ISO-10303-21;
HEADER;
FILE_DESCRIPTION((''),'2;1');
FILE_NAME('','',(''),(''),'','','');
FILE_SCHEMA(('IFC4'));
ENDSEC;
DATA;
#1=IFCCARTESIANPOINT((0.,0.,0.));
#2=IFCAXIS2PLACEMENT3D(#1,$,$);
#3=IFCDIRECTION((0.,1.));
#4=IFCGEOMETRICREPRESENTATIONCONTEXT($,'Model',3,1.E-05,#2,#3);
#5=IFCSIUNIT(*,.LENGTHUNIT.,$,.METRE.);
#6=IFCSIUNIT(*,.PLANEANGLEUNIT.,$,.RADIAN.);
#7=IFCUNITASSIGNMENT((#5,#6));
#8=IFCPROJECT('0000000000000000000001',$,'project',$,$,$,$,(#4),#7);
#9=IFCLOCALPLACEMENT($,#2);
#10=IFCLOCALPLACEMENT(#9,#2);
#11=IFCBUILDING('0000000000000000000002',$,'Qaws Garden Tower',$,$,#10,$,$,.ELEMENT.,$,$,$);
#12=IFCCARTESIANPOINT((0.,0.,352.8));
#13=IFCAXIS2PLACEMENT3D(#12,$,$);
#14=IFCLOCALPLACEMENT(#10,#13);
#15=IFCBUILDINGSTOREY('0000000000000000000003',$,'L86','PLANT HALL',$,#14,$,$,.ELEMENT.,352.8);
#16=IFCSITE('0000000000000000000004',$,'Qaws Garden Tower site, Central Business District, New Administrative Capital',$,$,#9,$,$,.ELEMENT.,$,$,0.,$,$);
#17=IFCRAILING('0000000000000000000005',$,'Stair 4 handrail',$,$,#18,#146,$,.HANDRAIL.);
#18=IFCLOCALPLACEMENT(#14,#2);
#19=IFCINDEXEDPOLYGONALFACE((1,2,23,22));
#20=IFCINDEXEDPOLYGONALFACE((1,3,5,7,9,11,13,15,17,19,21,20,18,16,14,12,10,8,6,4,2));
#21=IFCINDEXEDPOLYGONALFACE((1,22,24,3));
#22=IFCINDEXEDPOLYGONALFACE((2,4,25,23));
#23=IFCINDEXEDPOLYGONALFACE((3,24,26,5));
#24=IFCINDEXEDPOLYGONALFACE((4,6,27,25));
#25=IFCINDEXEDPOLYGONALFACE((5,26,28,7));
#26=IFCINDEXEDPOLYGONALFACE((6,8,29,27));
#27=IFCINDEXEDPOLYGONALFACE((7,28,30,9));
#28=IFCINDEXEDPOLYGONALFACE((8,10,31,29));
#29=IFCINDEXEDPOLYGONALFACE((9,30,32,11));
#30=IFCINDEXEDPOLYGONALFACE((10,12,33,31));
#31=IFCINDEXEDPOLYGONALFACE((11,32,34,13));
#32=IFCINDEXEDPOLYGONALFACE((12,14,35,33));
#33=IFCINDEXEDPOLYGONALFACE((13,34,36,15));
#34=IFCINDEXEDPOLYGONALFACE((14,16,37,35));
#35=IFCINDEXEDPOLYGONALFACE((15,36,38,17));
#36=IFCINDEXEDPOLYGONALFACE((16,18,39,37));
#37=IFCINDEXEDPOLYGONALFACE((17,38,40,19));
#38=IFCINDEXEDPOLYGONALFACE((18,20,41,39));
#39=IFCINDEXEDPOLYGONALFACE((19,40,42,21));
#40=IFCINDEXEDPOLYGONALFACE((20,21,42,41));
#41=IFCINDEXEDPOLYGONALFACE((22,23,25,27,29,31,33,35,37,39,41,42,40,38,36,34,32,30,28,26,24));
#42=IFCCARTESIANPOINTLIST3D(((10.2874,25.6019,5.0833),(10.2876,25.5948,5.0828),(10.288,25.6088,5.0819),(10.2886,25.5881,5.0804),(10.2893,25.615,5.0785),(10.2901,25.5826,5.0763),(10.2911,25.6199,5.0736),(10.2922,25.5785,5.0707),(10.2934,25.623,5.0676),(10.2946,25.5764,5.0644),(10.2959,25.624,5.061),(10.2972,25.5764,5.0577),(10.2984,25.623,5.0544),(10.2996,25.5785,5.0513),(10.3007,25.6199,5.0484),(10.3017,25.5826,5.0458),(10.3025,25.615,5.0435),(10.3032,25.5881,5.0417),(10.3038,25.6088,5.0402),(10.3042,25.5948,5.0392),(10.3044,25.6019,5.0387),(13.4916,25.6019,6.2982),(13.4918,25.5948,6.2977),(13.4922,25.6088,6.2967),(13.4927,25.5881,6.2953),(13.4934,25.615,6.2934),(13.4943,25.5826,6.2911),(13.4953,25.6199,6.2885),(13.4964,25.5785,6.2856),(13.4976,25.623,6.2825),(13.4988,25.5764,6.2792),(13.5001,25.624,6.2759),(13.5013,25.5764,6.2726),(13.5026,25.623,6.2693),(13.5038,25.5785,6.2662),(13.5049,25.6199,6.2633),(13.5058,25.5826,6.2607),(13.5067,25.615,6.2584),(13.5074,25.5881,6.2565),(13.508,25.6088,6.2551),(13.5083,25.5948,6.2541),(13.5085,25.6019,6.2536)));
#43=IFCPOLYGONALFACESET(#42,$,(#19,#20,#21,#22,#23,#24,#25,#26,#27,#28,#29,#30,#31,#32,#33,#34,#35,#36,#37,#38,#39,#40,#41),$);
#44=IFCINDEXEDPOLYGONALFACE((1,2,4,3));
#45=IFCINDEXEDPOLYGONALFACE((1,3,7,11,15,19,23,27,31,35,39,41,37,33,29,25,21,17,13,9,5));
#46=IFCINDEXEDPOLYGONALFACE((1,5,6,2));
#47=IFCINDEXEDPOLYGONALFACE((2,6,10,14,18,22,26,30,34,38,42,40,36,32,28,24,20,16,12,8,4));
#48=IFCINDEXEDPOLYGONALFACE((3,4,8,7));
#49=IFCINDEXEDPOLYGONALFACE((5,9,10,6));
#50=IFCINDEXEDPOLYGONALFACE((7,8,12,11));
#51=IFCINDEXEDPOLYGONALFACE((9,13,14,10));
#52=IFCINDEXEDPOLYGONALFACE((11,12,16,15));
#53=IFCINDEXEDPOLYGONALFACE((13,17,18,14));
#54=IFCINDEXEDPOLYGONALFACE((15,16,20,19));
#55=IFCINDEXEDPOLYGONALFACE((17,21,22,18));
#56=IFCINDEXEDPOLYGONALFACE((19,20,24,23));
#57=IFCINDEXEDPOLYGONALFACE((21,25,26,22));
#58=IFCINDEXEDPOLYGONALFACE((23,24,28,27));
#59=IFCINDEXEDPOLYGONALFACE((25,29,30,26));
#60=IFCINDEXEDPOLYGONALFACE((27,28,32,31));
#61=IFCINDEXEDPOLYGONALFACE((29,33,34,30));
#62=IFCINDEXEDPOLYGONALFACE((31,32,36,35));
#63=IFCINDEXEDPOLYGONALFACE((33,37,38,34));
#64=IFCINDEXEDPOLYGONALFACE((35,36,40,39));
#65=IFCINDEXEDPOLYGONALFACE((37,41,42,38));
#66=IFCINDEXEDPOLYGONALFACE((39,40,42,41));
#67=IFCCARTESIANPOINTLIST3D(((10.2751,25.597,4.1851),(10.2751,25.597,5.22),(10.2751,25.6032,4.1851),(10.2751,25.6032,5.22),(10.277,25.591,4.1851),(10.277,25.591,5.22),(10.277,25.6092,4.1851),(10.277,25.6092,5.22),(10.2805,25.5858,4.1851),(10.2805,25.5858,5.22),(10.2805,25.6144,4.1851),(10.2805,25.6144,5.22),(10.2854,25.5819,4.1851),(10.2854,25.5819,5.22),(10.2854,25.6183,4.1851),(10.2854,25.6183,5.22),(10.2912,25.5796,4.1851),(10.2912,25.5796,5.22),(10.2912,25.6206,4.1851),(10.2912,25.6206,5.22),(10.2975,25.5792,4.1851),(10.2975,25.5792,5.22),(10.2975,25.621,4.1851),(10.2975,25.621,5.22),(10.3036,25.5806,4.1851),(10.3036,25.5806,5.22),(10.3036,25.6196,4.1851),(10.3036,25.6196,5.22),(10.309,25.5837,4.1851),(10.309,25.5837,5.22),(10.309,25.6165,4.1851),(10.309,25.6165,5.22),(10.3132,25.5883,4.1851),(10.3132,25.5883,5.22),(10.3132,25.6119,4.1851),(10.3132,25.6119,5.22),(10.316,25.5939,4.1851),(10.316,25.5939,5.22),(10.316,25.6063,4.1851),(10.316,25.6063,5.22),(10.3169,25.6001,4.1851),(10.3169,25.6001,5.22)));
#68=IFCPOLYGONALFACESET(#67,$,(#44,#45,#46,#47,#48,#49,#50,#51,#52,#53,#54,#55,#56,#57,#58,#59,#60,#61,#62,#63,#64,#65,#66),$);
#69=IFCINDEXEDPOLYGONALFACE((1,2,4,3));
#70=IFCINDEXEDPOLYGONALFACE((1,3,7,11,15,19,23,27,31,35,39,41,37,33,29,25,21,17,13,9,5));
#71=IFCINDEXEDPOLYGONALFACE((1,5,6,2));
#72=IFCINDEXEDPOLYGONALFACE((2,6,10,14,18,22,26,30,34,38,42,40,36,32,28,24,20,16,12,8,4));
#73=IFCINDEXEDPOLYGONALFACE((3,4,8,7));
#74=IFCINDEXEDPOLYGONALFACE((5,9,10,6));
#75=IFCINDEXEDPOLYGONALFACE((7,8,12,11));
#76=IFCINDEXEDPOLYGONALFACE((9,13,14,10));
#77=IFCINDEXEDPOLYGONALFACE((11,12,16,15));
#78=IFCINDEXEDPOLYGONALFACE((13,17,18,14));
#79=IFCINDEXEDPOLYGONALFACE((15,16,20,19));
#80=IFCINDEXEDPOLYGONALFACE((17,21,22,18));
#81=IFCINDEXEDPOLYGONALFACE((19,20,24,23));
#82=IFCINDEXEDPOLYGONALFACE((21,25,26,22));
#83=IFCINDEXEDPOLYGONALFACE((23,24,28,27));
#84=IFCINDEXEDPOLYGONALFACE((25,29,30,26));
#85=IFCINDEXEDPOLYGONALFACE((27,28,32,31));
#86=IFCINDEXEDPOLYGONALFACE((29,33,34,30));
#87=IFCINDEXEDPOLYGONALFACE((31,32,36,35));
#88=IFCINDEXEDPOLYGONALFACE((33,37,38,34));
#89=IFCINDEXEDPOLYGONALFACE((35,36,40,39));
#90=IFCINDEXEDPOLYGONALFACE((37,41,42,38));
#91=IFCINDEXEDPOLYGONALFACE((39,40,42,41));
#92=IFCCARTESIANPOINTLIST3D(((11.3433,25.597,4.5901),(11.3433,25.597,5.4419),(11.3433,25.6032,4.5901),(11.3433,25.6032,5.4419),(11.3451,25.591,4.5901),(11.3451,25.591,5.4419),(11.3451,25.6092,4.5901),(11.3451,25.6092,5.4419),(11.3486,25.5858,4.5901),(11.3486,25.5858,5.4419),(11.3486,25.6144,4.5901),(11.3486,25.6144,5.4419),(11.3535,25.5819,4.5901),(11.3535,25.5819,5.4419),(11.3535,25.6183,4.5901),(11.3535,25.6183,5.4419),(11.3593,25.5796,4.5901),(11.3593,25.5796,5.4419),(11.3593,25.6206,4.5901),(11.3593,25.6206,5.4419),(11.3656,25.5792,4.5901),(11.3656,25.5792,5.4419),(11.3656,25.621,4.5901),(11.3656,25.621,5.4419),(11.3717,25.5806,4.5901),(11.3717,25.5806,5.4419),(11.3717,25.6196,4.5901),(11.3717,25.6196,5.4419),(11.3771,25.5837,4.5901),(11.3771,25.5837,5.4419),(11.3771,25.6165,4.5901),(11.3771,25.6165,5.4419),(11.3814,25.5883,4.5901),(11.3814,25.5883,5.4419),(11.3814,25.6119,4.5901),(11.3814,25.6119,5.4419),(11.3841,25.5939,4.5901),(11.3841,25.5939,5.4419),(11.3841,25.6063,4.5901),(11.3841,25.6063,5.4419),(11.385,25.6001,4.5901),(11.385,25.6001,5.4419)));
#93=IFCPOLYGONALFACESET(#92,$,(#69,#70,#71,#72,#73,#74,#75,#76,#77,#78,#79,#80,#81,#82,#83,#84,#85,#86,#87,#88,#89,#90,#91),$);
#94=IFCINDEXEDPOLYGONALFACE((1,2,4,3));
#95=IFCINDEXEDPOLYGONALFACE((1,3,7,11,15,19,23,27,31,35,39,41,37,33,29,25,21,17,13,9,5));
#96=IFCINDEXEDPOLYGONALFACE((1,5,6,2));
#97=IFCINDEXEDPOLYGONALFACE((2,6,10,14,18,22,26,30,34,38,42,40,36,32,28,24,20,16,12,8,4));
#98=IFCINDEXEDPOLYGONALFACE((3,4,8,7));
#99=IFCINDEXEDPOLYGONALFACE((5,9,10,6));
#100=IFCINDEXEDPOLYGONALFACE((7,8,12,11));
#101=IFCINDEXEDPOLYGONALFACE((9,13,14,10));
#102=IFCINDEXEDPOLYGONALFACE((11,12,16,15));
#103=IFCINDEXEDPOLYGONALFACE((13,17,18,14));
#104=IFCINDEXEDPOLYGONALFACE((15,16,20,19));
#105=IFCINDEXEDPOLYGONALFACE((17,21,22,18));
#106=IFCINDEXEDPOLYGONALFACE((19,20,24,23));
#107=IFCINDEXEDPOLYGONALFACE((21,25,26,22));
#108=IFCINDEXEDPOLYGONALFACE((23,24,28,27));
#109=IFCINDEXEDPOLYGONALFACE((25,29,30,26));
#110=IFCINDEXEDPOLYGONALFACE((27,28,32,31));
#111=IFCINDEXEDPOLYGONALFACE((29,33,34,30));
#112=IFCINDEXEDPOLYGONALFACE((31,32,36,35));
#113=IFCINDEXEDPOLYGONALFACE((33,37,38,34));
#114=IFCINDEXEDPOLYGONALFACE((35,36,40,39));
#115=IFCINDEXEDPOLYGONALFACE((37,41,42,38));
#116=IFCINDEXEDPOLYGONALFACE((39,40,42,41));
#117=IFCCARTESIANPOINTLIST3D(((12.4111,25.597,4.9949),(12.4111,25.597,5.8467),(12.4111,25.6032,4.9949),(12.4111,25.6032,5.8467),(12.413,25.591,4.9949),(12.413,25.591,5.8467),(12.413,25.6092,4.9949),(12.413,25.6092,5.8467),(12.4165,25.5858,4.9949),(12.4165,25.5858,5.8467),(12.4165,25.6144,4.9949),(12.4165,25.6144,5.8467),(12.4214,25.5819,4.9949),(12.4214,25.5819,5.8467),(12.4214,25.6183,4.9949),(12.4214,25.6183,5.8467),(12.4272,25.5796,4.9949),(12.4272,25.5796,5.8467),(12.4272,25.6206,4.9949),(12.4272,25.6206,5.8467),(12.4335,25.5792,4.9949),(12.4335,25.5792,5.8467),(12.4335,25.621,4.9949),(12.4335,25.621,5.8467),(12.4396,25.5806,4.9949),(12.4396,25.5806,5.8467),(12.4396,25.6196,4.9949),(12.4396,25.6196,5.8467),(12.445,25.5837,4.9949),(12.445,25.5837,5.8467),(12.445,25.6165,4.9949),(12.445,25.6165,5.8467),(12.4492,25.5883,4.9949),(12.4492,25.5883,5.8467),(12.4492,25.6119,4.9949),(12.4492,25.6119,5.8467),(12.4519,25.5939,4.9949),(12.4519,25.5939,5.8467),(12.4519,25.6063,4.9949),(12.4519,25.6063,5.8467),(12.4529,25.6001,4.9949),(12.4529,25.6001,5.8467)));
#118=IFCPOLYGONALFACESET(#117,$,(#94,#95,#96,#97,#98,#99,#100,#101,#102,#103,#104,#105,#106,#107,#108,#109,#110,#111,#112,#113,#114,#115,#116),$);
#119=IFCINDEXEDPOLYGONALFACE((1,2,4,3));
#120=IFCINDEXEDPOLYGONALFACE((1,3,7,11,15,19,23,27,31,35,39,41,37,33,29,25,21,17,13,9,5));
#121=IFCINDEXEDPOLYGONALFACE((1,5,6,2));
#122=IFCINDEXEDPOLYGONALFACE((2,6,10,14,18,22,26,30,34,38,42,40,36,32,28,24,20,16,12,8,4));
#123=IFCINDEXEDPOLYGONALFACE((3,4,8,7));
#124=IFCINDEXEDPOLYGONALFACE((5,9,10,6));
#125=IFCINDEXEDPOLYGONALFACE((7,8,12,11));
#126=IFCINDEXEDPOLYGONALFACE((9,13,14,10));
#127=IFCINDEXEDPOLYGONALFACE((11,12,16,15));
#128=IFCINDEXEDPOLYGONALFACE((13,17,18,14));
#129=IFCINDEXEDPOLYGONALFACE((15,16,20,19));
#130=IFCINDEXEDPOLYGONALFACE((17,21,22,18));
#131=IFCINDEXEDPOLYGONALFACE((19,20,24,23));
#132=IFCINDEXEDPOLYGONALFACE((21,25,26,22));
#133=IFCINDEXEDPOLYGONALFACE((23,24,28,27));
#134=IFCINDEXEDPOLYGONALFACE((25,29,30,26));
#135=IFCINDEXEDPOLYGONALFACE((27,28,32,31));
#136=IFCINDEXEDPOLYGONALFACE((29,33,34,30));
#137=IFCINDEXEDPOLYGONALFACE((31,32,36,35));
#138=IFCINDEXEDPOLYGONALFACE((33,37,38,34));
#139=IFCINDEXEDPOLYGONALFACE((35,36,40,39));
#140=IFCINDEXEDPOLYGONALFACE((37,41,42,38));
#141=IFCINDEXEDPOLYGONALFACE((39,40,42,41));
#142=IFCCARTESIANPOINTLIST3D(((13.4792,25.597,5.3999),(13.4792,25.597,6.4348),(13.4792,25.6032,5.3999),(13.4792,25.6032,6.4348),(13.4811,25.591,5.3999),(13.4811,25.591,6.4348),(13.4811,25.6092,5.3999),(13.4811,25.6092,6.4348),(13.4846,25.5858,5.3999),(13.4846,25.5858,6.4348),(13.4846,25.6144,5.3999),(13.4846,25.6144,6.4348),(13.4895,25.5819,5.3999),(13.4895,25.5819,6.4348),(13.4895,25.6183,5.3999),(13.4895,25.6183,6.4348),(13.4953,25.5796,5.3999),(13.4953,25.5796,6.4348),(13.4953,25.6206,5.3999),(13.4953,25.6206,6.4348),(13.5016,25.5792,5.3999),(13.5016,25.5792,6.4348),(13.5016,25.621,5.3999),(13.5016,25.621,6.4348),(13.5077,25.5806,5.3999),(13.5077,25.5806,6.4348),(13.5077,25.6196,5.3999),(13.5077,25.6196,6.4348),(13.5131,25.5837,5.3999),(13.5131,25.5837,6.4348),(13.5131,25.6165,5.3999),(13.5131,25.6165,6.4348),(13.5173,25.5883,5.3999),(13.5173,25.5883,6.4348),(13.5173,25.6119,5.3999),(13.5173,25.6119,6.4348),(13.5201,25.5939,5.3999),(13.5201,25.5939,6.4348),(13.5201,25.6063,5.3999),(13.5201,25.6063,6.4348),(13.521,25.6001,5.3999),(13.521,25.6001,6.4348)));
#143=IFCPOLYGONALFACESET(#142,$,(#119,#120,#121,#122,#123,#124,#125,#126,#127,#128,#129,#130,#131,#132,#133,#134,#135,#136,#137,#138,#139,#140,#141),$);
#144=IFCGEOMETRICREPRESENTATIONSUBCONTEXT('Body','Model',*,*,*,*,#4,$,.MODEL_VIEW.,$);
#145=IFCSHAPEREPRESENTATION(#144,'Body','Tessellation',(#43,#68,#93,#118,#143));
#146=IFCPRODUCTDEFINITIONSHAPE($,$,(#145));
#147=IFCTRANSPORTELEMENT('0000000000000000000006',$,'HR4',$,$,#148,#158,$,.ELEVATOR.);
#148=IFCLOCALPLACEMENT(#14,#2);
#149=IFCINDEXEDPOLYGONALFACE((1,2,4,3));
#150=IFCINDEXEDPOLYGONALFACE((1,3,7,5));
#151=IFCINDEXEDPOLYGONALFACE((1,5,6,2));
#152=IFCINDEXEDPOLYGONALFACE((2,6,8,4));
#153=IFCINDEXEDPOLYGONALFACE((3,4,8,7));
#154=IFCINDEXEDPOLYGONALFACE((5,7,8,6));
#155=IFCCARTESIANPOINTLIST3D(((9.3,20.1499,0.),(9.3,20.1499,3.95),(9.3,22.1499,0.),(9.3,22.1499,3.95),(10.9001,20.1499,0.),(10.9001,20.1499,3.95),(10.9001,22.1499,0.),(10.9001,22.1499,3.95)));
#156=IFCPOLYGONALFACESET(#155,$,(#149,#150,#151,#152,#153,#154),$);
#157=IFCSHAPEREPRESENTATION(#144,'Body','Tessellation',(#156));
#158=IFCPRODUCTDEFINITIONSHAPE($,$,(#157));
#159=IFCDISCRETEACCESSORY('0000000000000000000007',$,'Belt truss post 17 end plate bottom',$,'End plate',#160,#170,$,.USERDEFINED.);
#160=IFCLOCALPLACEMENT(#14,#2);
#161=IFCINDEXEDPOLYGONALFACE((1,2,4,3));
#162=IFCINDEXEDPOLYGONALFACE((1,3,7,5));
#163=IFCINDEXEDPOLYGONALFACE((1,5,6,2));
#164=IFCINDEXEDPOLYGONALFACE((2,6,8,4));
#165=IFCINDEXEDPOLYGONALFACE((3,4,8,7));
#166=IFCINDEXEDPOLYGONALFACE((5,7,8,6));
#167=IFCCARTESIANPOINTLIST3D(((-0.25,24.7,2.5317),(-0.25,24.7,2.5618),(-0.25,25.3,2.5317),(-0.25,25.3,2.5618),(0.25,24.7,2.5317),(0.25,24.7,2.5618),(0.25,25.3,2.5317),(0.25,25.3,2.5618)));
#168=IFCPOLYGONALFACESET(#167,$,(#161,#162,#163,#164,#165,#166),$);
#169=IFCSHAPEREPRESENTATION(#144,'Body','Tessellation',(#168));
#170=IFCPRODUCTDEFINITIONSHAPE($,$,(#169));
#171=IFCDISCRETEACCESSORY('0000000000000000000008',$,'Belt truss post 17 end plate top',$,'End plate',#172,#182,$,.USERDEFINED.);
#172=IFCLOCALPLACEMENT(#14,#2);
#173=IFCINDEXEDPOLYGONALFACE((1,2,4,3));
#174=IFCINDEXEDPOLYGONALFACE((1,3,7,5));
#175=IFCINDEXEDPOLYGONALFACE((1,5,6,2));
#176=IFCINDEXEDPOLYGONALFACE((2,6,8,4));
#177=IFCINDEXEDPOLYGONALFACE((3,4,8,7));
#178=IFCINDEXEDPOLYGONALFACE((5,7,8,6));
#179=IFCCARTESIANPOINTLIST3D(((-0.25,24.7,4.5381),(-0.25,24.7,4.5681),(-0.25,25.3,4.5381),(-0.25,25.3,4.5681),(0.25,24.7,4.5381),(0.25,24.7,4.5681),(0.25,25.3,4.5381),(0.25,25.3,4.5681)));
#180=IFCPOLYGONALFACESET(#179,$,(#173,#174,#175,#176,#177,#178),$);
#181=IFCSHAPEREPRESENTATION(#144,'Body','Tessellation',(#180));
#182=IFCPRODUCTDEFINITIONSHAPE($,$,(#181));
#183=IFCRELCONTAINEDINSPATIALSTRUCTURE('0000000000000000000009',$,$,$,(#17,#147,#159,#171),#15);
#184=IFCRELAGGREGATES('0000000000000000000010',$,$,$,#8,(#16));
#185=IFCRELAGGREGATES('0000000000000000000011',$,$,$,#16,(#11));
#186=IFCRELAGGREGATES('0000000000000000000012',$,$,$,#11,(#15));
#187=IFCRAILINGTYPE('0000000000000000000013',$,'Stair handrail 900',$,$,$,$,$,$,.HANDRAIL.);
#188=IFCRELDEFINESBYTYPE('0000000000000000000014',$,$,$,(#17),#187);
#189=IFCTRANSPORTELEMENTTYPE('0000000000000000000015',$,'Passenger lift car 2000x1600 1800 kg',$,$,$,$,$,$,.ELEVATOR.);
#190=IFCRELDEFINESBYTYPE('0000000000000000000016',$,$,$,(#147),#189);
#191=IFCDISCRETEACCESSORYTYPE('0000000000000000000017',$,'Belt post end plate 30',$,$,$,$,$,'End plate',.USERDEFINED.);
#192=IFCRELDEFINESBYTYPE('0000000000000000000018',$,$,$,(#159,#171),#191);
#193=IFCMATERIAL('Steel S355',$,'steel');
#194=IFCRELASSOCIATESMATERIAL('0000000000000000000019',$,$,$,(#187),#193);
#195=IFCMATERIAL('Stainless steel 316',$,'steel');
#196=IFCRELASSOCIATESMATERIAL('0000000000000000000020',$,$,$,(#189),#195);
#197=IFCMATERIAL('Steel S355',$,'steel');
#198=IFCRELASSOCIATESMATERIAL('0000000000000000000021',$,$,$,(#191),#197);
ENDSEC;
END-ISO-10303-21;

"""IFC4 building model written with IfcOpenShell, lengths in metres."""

from ifc_helpers import new_model, si_unit, direction, frame, origin, origin_2d, place, context, subcontext, project, spatial, rectangle, circle, extrude, material, type_object, element, save


model = new_model("IFC4")

# Units and contexts
model_context = context("Model", 3, precision=1e-05, world=origin(), true_north=direction((0.0, 1.0)))
body_context = subcontext(model_context, "Body", "Model", "MODEL_VIEW")
ifc_project = project(units=[si_unit("LENGTHUNIT", "METRE"), si_unit("PLANEANGLEUNIT", "RADIAN")], contexts=[model_context])

# Site, building, storey
site_placement = place(None, origin())
site = spatial("IfcSite", under=ifc_project, at=site_placement, Name="Qaws Garden Tower site, Central Business District, New Administrative Capital", CompositionType="ELEMENT", RefElevation=0.0)
building_placement = place(site_placement, origin())
building = spatial("IfcBuilding", under=site, at=building_placement, Name="Qaws Garden Tower", CompositionType="ELEMENT")
storey_placement = place(building_placement, frame((0.0, 0.0, 352.8)))
storey = spatial("IfcBuildingStorey", under=building, at=storey_placement, Name="L86", Description="PLANT HALL", CompositionType="ELEMENT", Elevation=352.8)

# Railing
ifc_material_1 = material(Name="Steel S355", Category="steel")
railing_type = type_object("IfcRailingType", Name="Stair handrail 900", PredefinedType="HANDRAIL", material=ifc_material_1)
railing_1_placement = place(storey_placement, frame((10.2959, 25.6001, 4.1851)))
element("IfcRailing", 1, at=railing_1_placement, inside=storey, type_object=railing_type, Name="Stair 4 handrail", PredefinedType="HANDRAIL", context=body_context, shape_type="SweptSolid", body=[
    extrude(circle(Radius=0.0239, at=origin_2d()), frame((0.0, 0.0, 0.876), z_axis=(0.935046, 0.0, 0.354525), x_axis=(0.0, 1.0, 0.0)), (0.0, 0.0, 1.0), 3.4268),
    extrude(circle(Radius=0.021, at=origin_2d()), origin(), (0.0, 0.0, 1.0), 1.0349),
    extrude(circle(Radius=0.021, at=origin_2d()), frame((1.0681, 0.0, 0.405)), (0.0, 0.0, 1.0), 0.8518),
    extrude(circle(Radius=0.021, at=origin_2d()), frame((2.136, 0.0, 0.8098)), (0.0, 0.0, 1.0), 0.8518),
    extrude(circle(Radius=0.021, at=origin_2d()), frame((3.2041, 0.0, 1.2148)), (0.0, 0.0, 1.0), 1.0349),
])

# Transport element
ifc_material_2 = material(Name="Stainless steel 316", Category="steel")
transport_element_type = type_object("IfcTransportElementType", Name="Passenger lift car 2000x1600 1800 kg", PredefinedType="ELEVATOR", material=ifc_material_2)
transport_element_placement = place(storey_placement, frame((10.1001, 21.1499, 0.0), z_axis=(0.0, 0.0, 1.0), x_axis=(1.0, 0.0, 0.0)))
element("IfcTransportElement", 2, at=transport_element_placement, inside=storey, type_object=transport_element_type, Name="HR4", PredefinedType="ELEVATOR", context=body_context, shape_type="SweptSolid", body=[
    extrude(rectangle(XDim=1.6001, YDim=2.0, at=origin_2d()), origin(), (0.0, 0.0, 1.0), 3.95),
])

# Discrete accessories
ifc_material_3 = material(Name="Steel S355", Category="steel")
discrete_accessory_type = type_object("IfcDiscreteAccessoryType", Name="Belt post end plate 30", ElementType="End plate", PredefinedType="USERDEFINED", material=ifc_material_3)
for number, where, z_axis, x_axis, name in (
    (3, (0.0, 25.0, 2.5317), (0.0, 0.0, 1.0), (1.0, 0.0, 0.0), "Belt truss post 17 end plate bottom"),
    (4, (0.0, 25.0, 4.5381), (0.0, 0.0, 1.0), (1.0, 0.0, 0.0), "Belt truss post 17 end plate top"),
):
    element("IfcDiscreteAccessory", number, at=place(storey_placement, frame(where, z_axis=z_axis, x_axis=x_axis)), inside=storey, type_object=discrete_accessory_type, Name=name, ObjectType="End plate", PredefinedType="USERDEFINED", context=body_context, shape_type="SweptSolid", body=[
        extrude(rectangle(XDim=0.5, YDim=0.6001, at=origin_2d()), origin(), (0.0, 0.0, 1.0), 0.03),
    ])

save(model, "model.ifc")
